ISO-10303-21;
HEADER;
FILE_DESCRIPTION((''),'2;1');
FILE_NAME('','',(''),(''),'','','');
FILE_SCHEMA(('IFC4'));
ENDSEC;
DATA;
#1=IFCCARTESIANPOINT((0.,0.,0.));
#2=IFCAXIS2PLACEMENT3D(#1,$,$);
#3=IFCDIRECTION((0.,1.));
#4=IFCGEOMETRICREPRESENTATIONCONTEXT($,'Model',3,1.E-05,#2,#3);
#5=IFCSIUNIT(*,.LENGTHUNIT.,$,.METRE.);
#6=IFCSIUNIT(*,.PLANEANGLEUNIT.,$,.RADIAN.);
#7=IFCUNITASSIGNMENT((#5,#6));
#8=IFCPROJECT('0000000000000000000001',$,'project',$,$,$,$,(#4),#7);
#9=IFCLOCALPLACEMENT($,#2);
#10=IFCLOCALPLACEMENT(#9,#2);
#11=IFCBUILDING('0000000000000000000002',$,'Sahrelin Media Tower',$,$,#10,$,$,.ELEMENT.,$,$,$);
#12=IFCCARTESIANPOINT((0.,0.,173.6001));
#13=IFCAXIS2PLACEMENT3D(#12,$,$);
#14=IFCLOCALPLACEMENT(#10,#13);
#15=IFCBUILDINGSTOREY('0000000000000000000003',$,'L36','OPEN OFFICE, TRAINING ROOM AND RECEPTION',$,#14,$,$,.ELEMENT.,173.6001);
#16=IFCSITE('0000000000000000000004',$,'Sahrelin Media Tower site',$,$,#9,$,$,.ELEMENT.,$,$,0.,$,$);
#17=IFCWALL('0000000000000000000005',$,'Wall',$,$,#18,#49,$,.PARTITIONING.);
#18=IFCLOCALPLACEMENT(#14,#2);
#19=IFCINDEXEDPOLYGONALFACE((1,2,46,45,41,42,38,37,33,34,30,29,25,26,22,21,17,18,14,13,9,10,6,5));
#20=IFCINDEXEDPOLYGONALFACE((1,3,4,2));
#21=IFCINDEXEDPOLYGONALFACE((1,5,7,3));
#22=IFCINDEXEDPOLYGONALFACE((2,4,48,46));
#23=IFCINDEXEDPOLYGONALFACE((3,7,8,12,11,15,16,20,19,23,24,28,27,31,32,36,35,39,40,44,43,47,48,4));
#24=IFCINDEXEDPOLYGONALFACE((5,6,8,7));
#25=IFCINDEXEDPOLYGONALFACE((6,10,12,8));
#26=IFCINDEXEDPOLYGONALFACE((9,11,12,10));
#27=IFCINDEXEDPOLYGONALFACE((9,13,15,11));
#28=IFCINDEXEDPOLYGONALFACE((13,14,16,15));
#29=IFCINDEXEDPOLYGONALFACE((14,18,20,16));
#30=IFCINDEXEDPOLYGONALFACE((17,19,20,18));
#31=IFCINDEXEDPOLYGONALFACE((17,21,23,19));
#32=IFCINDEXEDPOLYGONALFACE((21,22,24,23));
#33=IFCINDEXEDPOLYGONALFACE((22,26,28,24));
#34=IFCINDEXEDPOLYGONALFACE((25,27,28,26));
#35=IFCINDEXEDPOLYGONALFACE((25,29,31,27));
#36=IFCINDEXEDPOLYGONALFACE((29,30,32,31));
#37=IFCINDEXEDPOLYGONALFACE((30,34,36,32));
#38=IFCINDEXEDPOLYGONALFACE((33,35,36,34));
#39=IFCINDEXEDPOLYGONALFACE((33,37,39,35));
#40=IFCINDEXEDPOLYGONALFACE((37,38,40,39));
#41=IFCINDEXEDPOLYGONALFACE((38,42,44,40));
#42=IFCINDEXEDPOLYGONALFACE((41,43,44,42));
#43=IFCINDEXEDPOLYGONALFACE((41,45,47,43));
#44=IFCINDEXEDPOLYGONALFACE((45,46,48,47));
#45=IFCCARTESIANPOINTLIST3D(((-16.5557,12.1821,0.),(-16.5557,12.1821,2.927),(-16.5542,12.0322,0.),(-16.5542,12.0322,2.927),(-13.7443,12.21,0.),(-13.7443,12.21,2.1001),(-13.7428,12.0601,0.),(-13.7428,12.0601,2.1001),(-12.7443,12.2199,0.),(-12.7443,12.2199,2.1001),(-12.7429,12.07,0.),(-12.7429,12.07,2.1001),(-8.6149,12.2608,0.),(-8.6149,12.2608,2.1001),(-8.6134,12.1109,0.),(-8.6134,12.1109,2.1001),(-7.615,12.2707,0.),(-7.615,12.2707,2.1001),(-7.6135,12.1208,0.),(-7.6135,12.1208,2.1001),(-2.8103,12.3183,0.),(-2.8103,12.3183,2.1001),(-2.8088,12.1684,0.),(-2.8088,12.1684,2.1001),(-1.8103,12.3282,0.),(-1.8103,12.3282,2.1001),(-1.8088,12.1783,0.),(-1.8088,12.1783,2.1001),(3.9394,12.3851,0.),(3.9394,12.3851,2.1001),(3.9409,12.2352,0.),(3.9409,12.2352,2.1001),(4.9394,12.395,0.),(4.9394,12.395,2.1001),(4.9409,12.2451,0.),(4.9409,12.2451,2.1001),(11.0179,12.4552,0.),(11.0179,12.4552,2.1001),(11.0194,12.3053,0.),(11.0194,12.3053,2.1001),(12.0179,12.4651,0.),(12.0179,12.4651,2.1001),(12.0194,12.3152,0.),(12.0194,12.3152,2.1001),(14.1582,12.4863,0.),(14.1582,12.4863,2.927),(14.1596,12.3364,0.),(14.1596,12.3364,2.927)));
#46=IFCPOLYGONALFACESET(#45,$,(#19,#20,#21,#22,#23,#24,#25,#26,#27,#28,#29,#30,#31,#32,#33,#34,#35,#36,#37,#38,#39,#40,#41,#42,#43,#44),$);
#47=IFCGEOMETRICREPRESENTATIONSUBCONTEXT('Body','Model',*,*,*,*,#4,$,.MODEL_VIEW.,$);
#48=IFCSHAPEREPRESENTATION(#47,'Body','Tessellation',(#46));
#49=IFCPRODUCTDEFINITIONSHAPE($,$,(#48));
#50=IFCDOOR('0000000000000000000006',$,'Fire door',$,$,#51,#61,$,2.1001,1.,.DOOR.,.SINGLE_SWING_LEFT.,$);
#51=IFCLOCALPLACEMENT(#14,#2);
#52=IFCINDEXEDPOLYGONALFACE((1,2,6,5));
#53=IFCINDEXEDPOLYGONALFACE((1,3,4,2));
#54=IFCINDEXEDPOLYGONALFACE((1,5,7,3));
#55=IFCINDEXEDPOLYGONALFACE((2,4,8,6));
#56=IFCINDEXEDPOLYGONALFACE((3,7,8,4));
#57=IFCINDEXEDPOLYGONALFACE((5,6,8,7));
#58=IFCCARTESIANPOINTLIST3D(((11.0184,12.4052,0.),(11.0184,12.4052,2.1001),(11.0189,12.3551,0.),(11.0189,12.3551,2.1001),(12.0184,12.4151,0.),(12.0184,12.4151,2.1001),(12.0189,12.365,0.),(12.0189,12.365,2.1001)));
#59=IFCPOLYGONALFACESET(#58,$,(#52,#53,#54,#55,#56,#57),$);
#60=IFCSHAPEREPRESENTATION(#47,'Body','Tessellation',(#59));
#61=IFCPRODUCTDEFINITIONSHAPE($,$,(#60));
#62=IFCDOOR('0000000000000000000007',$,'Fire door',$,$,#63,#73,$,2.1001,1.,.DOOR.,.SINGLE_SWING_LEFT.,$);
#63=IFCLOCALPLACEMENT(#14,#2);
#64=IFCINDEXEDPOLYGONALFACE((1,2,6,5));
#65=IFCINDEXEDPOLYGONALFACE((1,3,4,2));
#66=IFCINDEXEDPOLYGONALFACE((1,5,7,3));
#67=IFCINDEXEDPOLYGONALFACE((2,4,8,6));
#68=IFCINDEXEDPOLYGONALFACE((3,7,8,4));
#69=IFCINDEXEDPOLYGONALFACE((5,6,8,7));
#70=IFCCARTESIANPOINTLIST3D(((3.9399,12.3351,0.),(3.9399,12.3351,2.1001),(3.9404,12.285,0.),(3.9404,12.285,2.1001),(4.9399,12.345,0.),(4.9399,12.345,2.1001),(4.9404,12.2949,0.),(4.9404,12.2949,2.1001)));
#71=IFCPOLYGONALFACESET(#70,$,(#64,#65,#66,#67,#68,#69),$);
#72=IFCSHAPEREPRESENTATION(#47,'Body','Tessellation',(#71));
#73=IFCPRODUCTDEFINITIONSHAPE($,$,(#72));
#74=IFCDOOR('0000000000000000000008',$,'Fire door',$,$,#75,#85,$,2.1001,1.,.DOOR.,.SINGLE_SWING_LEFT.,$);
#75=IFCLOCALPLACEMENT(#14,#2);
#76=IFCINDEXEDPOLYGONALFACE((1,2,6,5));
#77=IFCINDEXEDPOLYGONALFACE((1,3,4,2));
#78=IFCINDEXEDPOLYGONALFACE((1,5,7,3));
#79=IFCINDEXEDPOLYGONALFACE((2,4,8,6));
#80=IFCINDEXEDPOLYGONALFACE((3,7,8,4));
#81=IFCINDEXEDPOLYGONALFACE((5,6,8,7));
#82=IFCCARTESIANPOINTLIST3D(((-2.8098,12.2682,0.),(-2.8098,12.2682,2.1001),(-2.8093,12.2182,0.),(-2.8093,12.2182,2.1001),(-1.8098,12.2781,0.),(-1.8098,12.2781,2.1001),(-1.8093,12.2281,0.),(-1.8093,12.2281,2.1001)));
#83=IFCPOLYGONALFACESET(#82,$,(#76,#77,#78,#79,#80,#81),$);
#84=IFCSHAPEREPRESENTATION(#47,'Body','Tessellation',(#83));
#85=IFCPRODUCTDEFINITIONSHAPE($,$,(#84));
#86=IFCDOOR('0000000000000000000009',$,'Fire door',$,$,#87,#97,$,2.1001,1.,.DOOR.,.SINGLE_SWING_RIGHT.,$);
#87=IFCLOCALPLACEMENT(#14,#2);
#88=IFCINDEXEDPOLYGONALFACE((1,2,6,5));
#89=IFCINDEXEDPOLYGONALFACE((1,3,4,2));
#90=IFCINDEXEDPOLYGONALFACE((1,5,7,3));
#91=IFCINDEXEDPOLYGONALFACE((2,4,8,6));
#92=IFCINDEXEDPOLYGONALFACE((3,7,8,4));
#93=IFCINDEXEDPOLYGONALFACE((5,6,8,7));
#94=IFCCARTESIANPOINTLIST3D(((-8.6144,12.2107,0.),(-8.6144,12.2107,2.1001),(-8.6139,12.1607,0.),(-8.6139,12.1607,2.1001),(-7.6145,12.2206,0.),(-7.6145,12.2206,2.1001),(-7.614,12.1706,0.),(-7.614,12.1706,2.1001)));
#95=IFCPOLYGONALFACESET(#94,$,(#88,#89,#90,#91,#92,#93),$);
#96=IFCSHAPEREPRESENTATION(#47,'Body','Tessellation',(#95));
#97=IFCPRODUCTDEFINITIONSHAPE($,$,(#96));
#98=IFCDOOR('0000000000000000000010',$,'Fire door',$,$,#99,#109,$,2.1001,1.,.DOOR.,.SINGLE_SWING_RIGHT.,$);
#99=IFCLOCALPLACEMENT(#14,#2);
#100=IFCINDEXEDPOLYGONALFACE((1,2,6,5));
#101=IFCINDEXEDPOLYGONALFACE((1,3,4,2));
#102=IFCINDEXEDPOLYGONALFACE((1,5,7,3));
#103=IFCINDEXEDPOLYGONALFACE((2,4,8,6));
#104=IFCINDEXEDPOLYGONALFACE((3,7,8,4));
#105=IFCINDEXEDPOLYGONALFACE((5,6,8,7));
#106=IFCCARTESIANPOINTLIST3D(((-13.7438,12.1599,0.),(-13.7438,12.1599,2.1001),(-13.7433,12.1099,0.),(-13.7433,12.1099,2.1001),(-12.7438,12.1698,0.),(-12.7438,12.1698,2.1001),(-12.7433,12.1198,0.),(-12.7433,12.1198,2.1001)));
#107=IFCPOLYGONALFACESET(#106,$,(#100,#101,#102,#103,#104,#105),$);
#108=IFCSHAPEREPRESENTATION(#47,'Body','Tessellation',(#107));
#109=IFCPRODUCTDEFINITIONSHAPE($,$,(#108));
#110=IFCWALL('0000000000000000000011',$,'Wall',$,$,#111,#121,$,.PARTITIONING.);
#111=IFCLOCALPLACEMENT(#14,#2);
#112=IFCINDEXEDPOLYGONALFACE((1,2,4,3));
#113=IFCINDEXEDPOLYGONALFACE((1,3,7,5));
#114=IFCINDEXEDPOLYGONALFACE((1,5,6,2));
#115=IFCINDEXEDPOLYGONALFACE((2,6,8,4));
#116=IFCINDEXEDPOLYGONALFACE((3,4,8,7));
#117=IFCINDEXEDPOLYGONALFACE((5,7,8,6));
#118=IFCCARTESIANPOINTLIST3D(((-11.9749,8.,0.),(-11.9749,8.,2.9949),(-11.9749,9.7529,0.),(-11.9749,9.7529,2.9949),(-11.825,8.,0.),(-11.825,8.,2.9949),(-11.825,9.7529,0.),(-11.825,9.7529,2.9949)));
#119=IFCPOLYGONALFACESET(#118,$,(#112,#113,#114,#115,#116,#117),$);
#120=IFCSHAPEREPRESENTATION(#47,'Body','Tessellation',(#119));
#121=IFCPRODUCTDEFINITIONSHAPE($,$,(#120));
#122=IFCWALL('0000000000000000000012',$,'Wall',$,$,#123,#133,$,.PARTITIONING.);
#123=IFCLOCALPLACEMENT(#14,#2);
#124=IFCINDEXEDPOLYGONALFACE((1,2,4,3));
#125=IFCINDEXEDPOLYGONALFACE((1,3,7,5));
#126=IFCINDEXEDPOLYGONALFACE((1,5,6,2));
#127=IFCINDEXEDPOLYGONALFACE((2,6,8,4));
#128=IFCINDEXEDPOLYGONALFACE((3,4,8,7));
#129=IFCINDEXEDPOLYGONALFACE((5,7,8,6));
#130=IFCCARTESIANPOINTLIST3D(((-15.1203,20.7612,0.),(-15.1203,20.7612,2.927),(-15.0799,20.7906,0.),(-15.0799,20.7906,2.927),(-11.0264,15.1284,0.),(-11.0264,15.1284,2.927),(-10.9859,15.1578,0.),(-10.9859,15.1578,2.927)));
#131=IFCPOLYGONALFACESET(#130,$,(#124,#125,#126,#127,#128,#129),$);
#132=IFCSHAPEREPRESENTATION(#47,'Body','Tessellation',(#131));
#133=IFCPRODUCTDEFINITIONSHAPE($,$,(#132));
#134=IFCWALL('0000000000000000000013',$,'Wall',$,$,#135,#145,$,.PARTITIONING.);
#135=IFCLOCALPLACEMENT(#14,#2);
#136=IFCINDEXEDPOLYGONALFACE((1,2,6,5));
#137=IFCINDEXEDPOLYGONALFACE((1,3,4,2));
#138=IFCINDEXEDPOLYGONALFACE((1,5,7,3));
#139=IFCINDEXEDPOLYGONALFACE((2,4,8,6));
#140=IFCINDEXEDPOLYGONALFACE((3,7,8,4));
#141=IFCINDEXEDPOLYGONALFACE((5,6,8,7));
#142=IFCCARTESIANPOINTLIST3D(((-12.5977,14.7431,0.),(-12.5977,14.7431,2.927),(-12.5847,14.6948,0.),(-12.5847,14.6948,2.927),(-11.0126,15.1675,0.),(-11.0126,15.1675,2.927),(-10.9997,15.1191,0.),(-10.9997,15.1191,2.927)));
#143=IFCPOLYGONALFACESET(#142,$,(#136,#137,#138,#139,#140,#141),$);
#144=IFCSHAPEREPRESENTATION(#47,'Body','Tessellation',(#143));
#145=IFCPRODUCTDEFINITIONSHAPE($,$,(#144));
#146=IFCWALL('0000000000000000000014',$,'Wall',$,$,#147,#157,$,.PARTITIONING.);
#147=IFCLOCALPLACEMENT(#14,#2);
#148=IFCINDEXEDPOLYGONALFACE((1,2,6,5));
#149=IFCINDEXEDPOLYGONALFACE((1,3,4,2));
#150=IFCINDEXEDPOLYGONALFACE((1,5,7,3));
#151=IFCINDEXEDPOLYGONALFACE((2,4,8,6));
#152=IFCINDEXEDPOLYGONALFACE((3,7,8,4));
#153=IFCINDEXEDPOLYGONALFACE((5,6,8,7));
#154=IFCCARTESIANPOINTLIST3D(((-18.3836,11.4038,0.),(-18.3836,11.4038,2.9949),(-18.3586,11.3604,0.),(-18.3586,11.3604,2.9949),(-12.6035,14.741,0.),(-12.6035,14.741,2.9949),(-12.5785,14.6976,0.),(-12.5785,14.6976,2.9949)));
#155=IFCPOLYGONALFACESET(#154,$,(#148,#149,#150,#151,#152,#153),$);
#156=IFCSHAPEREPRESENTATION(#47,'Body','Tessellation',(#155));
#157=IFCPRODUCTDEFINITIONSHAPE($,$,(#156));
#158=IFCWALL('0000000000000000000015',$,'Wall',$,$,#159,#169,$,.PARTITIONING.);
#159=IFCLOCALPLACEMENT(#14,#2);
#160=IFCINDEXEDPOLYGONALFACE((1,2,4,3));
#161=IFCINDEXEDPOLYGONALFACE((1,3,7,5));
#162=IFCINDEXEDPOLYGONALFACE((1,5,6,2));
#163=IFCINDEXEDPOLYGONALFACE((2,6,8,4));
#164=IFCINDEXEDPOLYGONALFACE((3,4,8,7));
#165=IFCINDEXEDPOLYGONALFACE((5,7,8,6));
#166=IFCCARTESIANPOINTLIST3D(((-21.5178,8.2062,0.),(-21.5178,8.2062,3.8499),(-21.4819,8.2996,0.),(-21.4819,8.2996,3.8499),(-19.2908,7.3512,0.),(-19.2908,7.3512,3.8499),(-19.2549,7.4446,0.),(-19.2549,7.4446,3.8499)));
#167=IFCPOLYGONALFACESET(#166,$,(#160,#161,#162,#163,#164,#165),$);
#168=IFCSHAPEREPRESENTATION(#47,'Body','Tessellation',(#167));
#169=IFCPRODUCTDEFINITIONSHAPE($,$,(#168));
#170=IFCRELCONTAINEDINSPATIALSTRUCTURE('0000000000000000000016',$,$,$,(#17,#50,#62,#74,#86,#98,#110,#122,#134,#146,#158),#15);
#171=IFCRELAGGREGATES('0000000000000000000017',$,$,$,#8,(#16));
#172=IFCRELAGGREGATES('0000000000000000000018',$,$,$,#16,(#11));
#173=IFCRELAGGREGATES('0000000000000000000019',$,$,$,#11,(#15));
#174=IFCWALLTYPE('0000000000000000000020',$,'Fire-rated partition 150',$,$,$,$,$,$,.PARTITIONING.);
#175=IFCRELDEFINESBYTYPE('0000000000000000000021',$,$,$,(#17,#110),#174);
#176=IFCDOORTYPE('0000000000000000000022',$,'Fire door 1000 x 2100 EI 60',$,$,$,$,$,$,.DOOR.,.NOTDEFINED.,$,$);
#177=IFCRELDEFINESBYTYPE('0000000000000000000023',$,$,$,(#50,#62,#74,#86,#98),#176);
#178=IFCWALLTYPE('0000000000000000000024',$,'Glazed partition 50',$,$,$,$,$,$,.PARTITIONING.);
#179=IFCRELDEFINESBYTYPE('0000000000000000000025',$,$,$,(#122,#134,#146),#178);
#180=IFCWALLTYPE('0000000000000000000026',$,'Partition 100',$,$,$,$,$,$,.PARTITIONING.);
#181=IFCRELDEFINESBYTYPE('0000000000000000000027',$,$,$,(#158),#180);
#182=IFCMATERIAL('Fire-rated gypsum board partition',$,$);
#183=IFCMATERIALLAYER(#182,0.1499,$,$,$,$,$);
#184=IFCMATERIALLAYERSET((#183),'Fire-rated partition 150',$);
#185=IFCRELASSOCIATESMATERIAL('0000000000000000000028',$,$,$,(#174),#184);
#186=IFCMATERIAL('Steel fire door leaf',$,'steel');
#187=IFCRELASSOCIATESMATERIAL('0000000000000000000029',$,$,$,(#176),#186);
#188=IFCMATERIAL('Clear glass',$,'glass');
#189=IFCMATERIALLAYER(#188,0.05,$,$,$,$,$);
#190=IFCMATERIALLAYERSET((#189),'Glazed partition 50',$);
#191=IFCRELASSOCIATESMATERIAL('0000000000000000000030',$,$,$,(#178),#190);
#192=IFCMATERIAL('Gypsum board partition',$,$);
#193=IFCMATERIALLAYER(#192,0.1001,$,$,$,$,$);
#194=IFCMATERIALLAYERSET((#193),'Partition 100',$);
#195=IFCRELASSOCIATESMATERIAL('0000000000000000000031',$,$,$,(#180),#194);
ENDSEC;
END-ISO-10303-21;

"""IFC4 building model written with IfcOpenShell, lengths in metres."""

from ifc_helpers import new_model, si_unit, direction, frame, frame_2d, origin, place, context, subcontext, project, spatial, rectangle, extrude, material, layer, layer_set, type_object, element, fill, save


model = new_model("IFC4")

# Units and contexts
model_context = context("Model", 3, precision=1e-05, world=origin(), true_north=direction((0.0, 1.0)))
body_context = subcontext(model_context, "Body", "Model", "MODEL_VIEW")
ifc_project = project(units=[si_unit("LENGTHUNIT", "METRE"), si_unit("PLANEANGLEUNIT", "RADIAN")], contexts=[model_context])

# Site, building, storey
site_placement = place(None, origin())
site = spatial("IfcSite", under=ifc_project, at=site_placement, Name="Sahrelin Media Tower site", CompositionType="ELEMENT", RefElevation=0.0)
building_placement = place(site_placement, origin())
building = spatial("IfcBuilding", under=site, at=building_placement, Name="Sahrelin Media Tower", CompositionType="ELEMENT")
storey_placement = place(building_placement, frame((0.0, 0.0, 173.6001)))
storey = spatial("IfcBuildingStorey", under=building, at=storey_placement, Name="L36", Description="OPEN OFFICE, TRAINING ROOM AND RECEPTION", CompositionType="ELEMENT", Elevation=173.6001)

# Shared definitions
ifc_material_1 = material(Name="Fire-rated gypsum board partition")
ifc_layer_1 = layer(ifc_material_1, 0.1499)
ifc_layer_set_1 = layer_set([ifc_layer_1], Name="Fire-rated partition 150")
wall_type_1 = type_object("IfcWallType", Name="Fire-rated partition 150", PredefinedType="PARTITIONING", material=ifc_layer_set_1)

# Wall, openings, doors
wall_1_placement = place(storey_placement, frame((-16.5549, 12.1072, 0.0), z_axis=(0.0, 0.0, 1.0), x_axis=(0.999951, 0.009904, 0.0)))
wall_1 = element("IfcWall", 1, at=wall_1_placement, inside=storey, type_object=wall_type_1, Name="Wall", PredefinedType="PARTITIONING", context=body_context, shape_type="SweptSolid", body=[
    extrude(rectangle(XDim=30.7153, YDim=0.1499, at=frame_2d((15.3577, 0.0))), origin(), (0.0, 0.0, 1.0), 2.927),
])
opening_1_placement = place(wall_1_placement, frame((27.575, 0.0, 0.0)))
opening_1 = element("IfcOpeningElement", 2, at=opening_1_placement, cuts=wall_1, PredefinedType="OPENING", context=body_context, shape_type="SweptSolid", body=[
    extrude(rectangle(XDim=1.0, YDim=2.1001, at=frame_2d((0.5, 1.05))), frame((0.0, 0.075, 0.0), z_axis=(0.0, -1.0, 0.0), x_axis=(1.0, 0.0, 0.0)), (0.0, 0.0, 1.0), 0.1499),
])
opening_2_placement = place(wall_1_placement, frame((20.4961, 0.0, 0.0)))
opening_2 = element("IfcOpeningElement", 3, at=opening_2_placement, cuts=wall_1, PredefinedType="OPENING", context=body_context, shape_type="SweptSolid", body=[
    extrude(rectangle(XDim=1.0, YDim=2.1001, at=frame_2d((0.5, 1.05))), frame((0.0, 0.075, 0.0), z_axis=(0.0, -1.0, 0.0), x_axis=(1.0, 0.0, 0.0)), (0.0, 0.0, 1.0), 0.1499),
])
opening_3_placement = place(wall_1_placement, frame((13.7461, 0.0, 0.0)))
opening_3 = element("IfcOpeningElement", 4, at=opening_3_placement, cuts=wall_1, PredefinedType="OPENING", context=body_context, shape_type="SweptSolid", body=[
    extrude(rectangle(XDim=1.0, YDim=2.1001, at=frame_2d((0.5, 1.05))), frame((0.0, 0.075, 0.0), z_axis=(0.0, -1.0, 0.0), x_axis=(1.0, 0.0, 0.0)), (0.0, 0.0, 1.0), 0.1499),
])
opening_4_placement = place(wall_1_placement, frame((7.9412, 0.0, 0.0)))
opening_4 = element("IfcOpeningElement", 5, at=opening_4_placement, cuts=wall_1, PredefinedType="OPENING", context=body_context, shape_type="SweptSolid", body=[
    extrude(rectangle(XDim=1.0, YDim=2.1001, at=frame_2d((0.5, 1.05))), frame((0.0, 0.075, 0.0), z_axis=(0.0, -1.0, 0.0), x_axis=(1.0, 0.0, 0.0)), (0.0, 0.0, 1.0), 0.1499),
])
opening_5_placement = place(wall_1_placement, frame((2.8115, 0.0, 0.0)))
opening_5 = element("IfcOpeningElement", 6, at=opening_5_placement, cuts=wall_1, PredefinedType="OPENING", context=body_context, shape_type="SweptSolid", body=[
    extrude(rectangle(XDim=1.0, YDim=2.1001, at=frame_2d((0.5, 1.05))), frame((0.0, 0.075, 0.0), z_axis=(0.0, -1.0, 0.0), x_axis=(1.0, 0.0, 0.0)), (0.0, 0.0, 1.0), 0.1499),
])
ifc_material_2 = material(Name="Steel fire door leaf", Category="steel")
door_type_1 = type_object("IfcDoorType", Name="Fire door 1000 x 2100 EI 60", OperationType="NOTDEFINED", PredefinedType="DOOR", material=ifc_material_2)
door_1_placement = place(opening_1_placement, origin())
door_1 = element("IfcDoor", 7, at=door_1_placement, inside=storey, type_object=door_type_1, Name="Fire door", OperationType="SINGLE_SWING_LEFT", OverallHeight=2.1001, OverallWidth=1.0, PredefinedType="DOOR", context=body_context, shape_type="SweptSolid", body=[
    extrude(rectangle(XDim=1.0, YDim=2.1001, at=frame_2d((0.5, 1.05))), frame((0.0, 0.0249, 0.0), z_axis=(0.0, -1.0, 0.0), x_axis=(1.0, 0.0, 0.0)), (0.0, 0.0, 1.0), 0.05),
])
fill(opening_1, door_1)
door_2_placement = place(opening_2_placement, origin())
door_2 = element("IfcDoor", 8, at=door_2_placement, inside=storey, type_object=door_type_1, Name="Fire door", OperationType="SINGLE_SWING_LEFT", OverallHeight=2.1001, OverallWidth=1.0, PredefinedType="DOOR", context=body_context, shape_type="SweptSolid", body=[
    extrude(rectangle(XDim=1.0, YDim=2.1001, at=frame_2d((0.5, 1.05))), frame((0.0, 0.0249, 0.0), z_axis=(0.0, -1.0, 0.0), x_axis=(1.0, 0.0, 0.0)), (0.0, 0.0, 1.0), 0.05),
])
fill(opening_2, door_2)
door_3_placement = place(opening_3_placement, origin())
door_3 = element("IfcDoor", 9, at=door_3_placement, inside=storey, type_object=door_type_1, Name="Fire door", OperationType="SINGLE_SWING_LEFT", OverallHeight=2.1001, OverallWidth=1.0, PredefinedType="DOOR", context=body_context, shape_type="SweptSolid", body=[
    extrude(rectangle(XDim=1.0, YDim=2.1001, at=frame_2d((0.5, 1.05))), frame((0.0, 0.0249, 0.0), z_axis=(0.0, -1.0, 0.0), x_axis=(1.0, 0.0, 0.0)), (0.0, 0.0, 1.0), 0.05),
])
fill(opening_3, door_3)
door_4_placement = place(opening_4_placement, origin())
door_4 = element("IfcDoor", 10, at=door_4_placement, inside=storey, type_object=door_type_1, Name="Fire door", OperationType="SINGLE_SWING_RIGHT", OverallHeight=2.1001, OverallWidth=1.0, PredefinedType="DOOR", context=body_context, shape_type="SweptSolid", body=[
    extrude(rectangle(XDim=1.0, YDim=2.1001, at=frame_2d((0.5, 1.05))), frame((0.0, 0.0249, 0.0), z_axis=(0.0, -1.0, 0.0), x_axis=(1.0, 0.0, 0.0)), (0.0, 0.0, 1.0), 0.05),
])
fill(opening_4, door_4)
door_5_placement = place(opening_5_placement, origin())
door_5 = element("IfcDoor", 11, at=door_5_placement, inside=storey, type_object=door_type_1, Name="Fire door", OperationType="SINGLE_SWING_RIGHT", OverallHeight=2.1001, OverallWidth=1.0, PredefinedType="DOOR", context=body_context, shape_type="SweptSolid", body=[
    extrude(rectangle(XDim=1.0, YDim=2.1001, at=frame_2d((0.5, 1.05))), frame((0.0, 0.0249, 0.0), z_axis=(0.0, -1.0, 0.0), x_axis=(1.0, 0.0, 0.0)), (0.0, 0.0, 1.0), 0.05),
])
fill(opening_5, door_5)

# Walls
wall_2_placement = place(storey_placement, frame((-11.8999, 8.0, 0.0), z_axis=(0.0, 0.0, 1.0), x_axis=(0.0, 1.0, 0.0)))
element("IfcWall", 12, at=wall_2_placement, inside=storey, type_object=wall_type_1, Name="Wall", PredefinedType="PARTITIONING", context=body_context, shape_type="SweptSolid", body=[
    extrude(rectangle(XDim=1.7529, YDim=0.1499, at=frame_2d((0.8765, 0.0))), origin(), (0.0, 0.0, 1.0), 2.9949),
])
ifc_material_3 = material(Name="Clear glass", Category="glass")
ifc_layer_2 = layer(ifc_material_3, 0.05)
ifc_layer_set_2 = layer_set([ifc_layer_2], Name="Glazed partition 50")
wall_type_2 = type_object("IfcWallType", Name="Glazed partition 50", PredefinedType="PARTITIONING", material=ifc_layer_set_2)
wall_3_placement = place(storey_placement, frame((-15.1001, 20.7759, 0.0), z_axis=(0.0, 0.0, 1.0), x_axis=(0.587928, -0.808913, 0.0)))
element("IfcWall", 13, at=wall_3_placement, inside=storey, type_object=wall_type_2, Name="Wall", PredefinedType="PARTITIONING", context=body_context, shape_type="SweptSolid", body=[
    extrude(rectangle(XDim=6.9634, YDim=0.05, at=frame_2d((3.4817, 0.0))), origin(), (0.0, 0.0, 1.0), 2.927),
])
wall_4_placement = place(storey_placement, frame((-12.5911, 14.719, 0.0), z_axis=(0.0, 0.0, 1.0), x_axis=(0.965983, 0.258607, 0.0)))
element("IfcWall", 14, at=wall_4_placement, inside=storey, type_object=wall_type_2, Name="Wall", PredefinedType="PARTITIONING", context=body_context, shape_type="SweptSolid", body=[
    extrude(rectangle(XDim=1.6409, YDim=0.05, at=frame_2d((0.8203, 0.0))), origin(), (0.0, 0.0, 1.0), 2.927),
])
wall_5_placement = place(storey_placement, frame((-18.3711, 11.3821, 0.0), z_axis=(0.0, 0.0, 1.0), x_axis=(0.866022, 0.500006, 0.0)))
element("IfcWall", 15, at=wall_5_placement, inside=storey, type_object=wall_type_2, Name="Wall", PredefinedType="PARTITIONING", context=body_context, shape_type="SweptSolid", body=[
    extrude(rectangle(XDim=6.6743, YDim=0.05, at=frame_2d((3.3372, 0.0))), origin(), (0.0, 0.0, 1.0), 2.9949),
])
ifc_material_4 = material(Name="Gypsum board partition")
ifc_layer_3 = layer(ifc_material_4, 0.1001)
ifc_layer_set_3 = layer_set([ifc_layer_3], Name="Partition 100")
wall_type_3 = type_object("IfcWallType", Name="Partition 100", PredefinedType="PARTITIONING", material=ifc_layer_set_3)
wall_6_placement = place(storey_placement, frame((-21.5, 8.2529, 0.0), z_axis=(0.0, 0.0, 1.0), x_axis=(0.933567, -0.358403, 0.0)))
element("IfcWall", 16, at=wall_6_placement, inside=storey, type_object=wall_type_3, Name="Wall", PredefinedType="PARTITIONING", context=body_context, shape_type="SweptSolid", body=[
    extrude(rectangle(XDim=2.3855, YDim=0.1001, at=frame_2d((1.1929, 0.0))), origin(), (0.0, 0.0, 1.0), 3.8499),
])

save(model, "model.ifc")
